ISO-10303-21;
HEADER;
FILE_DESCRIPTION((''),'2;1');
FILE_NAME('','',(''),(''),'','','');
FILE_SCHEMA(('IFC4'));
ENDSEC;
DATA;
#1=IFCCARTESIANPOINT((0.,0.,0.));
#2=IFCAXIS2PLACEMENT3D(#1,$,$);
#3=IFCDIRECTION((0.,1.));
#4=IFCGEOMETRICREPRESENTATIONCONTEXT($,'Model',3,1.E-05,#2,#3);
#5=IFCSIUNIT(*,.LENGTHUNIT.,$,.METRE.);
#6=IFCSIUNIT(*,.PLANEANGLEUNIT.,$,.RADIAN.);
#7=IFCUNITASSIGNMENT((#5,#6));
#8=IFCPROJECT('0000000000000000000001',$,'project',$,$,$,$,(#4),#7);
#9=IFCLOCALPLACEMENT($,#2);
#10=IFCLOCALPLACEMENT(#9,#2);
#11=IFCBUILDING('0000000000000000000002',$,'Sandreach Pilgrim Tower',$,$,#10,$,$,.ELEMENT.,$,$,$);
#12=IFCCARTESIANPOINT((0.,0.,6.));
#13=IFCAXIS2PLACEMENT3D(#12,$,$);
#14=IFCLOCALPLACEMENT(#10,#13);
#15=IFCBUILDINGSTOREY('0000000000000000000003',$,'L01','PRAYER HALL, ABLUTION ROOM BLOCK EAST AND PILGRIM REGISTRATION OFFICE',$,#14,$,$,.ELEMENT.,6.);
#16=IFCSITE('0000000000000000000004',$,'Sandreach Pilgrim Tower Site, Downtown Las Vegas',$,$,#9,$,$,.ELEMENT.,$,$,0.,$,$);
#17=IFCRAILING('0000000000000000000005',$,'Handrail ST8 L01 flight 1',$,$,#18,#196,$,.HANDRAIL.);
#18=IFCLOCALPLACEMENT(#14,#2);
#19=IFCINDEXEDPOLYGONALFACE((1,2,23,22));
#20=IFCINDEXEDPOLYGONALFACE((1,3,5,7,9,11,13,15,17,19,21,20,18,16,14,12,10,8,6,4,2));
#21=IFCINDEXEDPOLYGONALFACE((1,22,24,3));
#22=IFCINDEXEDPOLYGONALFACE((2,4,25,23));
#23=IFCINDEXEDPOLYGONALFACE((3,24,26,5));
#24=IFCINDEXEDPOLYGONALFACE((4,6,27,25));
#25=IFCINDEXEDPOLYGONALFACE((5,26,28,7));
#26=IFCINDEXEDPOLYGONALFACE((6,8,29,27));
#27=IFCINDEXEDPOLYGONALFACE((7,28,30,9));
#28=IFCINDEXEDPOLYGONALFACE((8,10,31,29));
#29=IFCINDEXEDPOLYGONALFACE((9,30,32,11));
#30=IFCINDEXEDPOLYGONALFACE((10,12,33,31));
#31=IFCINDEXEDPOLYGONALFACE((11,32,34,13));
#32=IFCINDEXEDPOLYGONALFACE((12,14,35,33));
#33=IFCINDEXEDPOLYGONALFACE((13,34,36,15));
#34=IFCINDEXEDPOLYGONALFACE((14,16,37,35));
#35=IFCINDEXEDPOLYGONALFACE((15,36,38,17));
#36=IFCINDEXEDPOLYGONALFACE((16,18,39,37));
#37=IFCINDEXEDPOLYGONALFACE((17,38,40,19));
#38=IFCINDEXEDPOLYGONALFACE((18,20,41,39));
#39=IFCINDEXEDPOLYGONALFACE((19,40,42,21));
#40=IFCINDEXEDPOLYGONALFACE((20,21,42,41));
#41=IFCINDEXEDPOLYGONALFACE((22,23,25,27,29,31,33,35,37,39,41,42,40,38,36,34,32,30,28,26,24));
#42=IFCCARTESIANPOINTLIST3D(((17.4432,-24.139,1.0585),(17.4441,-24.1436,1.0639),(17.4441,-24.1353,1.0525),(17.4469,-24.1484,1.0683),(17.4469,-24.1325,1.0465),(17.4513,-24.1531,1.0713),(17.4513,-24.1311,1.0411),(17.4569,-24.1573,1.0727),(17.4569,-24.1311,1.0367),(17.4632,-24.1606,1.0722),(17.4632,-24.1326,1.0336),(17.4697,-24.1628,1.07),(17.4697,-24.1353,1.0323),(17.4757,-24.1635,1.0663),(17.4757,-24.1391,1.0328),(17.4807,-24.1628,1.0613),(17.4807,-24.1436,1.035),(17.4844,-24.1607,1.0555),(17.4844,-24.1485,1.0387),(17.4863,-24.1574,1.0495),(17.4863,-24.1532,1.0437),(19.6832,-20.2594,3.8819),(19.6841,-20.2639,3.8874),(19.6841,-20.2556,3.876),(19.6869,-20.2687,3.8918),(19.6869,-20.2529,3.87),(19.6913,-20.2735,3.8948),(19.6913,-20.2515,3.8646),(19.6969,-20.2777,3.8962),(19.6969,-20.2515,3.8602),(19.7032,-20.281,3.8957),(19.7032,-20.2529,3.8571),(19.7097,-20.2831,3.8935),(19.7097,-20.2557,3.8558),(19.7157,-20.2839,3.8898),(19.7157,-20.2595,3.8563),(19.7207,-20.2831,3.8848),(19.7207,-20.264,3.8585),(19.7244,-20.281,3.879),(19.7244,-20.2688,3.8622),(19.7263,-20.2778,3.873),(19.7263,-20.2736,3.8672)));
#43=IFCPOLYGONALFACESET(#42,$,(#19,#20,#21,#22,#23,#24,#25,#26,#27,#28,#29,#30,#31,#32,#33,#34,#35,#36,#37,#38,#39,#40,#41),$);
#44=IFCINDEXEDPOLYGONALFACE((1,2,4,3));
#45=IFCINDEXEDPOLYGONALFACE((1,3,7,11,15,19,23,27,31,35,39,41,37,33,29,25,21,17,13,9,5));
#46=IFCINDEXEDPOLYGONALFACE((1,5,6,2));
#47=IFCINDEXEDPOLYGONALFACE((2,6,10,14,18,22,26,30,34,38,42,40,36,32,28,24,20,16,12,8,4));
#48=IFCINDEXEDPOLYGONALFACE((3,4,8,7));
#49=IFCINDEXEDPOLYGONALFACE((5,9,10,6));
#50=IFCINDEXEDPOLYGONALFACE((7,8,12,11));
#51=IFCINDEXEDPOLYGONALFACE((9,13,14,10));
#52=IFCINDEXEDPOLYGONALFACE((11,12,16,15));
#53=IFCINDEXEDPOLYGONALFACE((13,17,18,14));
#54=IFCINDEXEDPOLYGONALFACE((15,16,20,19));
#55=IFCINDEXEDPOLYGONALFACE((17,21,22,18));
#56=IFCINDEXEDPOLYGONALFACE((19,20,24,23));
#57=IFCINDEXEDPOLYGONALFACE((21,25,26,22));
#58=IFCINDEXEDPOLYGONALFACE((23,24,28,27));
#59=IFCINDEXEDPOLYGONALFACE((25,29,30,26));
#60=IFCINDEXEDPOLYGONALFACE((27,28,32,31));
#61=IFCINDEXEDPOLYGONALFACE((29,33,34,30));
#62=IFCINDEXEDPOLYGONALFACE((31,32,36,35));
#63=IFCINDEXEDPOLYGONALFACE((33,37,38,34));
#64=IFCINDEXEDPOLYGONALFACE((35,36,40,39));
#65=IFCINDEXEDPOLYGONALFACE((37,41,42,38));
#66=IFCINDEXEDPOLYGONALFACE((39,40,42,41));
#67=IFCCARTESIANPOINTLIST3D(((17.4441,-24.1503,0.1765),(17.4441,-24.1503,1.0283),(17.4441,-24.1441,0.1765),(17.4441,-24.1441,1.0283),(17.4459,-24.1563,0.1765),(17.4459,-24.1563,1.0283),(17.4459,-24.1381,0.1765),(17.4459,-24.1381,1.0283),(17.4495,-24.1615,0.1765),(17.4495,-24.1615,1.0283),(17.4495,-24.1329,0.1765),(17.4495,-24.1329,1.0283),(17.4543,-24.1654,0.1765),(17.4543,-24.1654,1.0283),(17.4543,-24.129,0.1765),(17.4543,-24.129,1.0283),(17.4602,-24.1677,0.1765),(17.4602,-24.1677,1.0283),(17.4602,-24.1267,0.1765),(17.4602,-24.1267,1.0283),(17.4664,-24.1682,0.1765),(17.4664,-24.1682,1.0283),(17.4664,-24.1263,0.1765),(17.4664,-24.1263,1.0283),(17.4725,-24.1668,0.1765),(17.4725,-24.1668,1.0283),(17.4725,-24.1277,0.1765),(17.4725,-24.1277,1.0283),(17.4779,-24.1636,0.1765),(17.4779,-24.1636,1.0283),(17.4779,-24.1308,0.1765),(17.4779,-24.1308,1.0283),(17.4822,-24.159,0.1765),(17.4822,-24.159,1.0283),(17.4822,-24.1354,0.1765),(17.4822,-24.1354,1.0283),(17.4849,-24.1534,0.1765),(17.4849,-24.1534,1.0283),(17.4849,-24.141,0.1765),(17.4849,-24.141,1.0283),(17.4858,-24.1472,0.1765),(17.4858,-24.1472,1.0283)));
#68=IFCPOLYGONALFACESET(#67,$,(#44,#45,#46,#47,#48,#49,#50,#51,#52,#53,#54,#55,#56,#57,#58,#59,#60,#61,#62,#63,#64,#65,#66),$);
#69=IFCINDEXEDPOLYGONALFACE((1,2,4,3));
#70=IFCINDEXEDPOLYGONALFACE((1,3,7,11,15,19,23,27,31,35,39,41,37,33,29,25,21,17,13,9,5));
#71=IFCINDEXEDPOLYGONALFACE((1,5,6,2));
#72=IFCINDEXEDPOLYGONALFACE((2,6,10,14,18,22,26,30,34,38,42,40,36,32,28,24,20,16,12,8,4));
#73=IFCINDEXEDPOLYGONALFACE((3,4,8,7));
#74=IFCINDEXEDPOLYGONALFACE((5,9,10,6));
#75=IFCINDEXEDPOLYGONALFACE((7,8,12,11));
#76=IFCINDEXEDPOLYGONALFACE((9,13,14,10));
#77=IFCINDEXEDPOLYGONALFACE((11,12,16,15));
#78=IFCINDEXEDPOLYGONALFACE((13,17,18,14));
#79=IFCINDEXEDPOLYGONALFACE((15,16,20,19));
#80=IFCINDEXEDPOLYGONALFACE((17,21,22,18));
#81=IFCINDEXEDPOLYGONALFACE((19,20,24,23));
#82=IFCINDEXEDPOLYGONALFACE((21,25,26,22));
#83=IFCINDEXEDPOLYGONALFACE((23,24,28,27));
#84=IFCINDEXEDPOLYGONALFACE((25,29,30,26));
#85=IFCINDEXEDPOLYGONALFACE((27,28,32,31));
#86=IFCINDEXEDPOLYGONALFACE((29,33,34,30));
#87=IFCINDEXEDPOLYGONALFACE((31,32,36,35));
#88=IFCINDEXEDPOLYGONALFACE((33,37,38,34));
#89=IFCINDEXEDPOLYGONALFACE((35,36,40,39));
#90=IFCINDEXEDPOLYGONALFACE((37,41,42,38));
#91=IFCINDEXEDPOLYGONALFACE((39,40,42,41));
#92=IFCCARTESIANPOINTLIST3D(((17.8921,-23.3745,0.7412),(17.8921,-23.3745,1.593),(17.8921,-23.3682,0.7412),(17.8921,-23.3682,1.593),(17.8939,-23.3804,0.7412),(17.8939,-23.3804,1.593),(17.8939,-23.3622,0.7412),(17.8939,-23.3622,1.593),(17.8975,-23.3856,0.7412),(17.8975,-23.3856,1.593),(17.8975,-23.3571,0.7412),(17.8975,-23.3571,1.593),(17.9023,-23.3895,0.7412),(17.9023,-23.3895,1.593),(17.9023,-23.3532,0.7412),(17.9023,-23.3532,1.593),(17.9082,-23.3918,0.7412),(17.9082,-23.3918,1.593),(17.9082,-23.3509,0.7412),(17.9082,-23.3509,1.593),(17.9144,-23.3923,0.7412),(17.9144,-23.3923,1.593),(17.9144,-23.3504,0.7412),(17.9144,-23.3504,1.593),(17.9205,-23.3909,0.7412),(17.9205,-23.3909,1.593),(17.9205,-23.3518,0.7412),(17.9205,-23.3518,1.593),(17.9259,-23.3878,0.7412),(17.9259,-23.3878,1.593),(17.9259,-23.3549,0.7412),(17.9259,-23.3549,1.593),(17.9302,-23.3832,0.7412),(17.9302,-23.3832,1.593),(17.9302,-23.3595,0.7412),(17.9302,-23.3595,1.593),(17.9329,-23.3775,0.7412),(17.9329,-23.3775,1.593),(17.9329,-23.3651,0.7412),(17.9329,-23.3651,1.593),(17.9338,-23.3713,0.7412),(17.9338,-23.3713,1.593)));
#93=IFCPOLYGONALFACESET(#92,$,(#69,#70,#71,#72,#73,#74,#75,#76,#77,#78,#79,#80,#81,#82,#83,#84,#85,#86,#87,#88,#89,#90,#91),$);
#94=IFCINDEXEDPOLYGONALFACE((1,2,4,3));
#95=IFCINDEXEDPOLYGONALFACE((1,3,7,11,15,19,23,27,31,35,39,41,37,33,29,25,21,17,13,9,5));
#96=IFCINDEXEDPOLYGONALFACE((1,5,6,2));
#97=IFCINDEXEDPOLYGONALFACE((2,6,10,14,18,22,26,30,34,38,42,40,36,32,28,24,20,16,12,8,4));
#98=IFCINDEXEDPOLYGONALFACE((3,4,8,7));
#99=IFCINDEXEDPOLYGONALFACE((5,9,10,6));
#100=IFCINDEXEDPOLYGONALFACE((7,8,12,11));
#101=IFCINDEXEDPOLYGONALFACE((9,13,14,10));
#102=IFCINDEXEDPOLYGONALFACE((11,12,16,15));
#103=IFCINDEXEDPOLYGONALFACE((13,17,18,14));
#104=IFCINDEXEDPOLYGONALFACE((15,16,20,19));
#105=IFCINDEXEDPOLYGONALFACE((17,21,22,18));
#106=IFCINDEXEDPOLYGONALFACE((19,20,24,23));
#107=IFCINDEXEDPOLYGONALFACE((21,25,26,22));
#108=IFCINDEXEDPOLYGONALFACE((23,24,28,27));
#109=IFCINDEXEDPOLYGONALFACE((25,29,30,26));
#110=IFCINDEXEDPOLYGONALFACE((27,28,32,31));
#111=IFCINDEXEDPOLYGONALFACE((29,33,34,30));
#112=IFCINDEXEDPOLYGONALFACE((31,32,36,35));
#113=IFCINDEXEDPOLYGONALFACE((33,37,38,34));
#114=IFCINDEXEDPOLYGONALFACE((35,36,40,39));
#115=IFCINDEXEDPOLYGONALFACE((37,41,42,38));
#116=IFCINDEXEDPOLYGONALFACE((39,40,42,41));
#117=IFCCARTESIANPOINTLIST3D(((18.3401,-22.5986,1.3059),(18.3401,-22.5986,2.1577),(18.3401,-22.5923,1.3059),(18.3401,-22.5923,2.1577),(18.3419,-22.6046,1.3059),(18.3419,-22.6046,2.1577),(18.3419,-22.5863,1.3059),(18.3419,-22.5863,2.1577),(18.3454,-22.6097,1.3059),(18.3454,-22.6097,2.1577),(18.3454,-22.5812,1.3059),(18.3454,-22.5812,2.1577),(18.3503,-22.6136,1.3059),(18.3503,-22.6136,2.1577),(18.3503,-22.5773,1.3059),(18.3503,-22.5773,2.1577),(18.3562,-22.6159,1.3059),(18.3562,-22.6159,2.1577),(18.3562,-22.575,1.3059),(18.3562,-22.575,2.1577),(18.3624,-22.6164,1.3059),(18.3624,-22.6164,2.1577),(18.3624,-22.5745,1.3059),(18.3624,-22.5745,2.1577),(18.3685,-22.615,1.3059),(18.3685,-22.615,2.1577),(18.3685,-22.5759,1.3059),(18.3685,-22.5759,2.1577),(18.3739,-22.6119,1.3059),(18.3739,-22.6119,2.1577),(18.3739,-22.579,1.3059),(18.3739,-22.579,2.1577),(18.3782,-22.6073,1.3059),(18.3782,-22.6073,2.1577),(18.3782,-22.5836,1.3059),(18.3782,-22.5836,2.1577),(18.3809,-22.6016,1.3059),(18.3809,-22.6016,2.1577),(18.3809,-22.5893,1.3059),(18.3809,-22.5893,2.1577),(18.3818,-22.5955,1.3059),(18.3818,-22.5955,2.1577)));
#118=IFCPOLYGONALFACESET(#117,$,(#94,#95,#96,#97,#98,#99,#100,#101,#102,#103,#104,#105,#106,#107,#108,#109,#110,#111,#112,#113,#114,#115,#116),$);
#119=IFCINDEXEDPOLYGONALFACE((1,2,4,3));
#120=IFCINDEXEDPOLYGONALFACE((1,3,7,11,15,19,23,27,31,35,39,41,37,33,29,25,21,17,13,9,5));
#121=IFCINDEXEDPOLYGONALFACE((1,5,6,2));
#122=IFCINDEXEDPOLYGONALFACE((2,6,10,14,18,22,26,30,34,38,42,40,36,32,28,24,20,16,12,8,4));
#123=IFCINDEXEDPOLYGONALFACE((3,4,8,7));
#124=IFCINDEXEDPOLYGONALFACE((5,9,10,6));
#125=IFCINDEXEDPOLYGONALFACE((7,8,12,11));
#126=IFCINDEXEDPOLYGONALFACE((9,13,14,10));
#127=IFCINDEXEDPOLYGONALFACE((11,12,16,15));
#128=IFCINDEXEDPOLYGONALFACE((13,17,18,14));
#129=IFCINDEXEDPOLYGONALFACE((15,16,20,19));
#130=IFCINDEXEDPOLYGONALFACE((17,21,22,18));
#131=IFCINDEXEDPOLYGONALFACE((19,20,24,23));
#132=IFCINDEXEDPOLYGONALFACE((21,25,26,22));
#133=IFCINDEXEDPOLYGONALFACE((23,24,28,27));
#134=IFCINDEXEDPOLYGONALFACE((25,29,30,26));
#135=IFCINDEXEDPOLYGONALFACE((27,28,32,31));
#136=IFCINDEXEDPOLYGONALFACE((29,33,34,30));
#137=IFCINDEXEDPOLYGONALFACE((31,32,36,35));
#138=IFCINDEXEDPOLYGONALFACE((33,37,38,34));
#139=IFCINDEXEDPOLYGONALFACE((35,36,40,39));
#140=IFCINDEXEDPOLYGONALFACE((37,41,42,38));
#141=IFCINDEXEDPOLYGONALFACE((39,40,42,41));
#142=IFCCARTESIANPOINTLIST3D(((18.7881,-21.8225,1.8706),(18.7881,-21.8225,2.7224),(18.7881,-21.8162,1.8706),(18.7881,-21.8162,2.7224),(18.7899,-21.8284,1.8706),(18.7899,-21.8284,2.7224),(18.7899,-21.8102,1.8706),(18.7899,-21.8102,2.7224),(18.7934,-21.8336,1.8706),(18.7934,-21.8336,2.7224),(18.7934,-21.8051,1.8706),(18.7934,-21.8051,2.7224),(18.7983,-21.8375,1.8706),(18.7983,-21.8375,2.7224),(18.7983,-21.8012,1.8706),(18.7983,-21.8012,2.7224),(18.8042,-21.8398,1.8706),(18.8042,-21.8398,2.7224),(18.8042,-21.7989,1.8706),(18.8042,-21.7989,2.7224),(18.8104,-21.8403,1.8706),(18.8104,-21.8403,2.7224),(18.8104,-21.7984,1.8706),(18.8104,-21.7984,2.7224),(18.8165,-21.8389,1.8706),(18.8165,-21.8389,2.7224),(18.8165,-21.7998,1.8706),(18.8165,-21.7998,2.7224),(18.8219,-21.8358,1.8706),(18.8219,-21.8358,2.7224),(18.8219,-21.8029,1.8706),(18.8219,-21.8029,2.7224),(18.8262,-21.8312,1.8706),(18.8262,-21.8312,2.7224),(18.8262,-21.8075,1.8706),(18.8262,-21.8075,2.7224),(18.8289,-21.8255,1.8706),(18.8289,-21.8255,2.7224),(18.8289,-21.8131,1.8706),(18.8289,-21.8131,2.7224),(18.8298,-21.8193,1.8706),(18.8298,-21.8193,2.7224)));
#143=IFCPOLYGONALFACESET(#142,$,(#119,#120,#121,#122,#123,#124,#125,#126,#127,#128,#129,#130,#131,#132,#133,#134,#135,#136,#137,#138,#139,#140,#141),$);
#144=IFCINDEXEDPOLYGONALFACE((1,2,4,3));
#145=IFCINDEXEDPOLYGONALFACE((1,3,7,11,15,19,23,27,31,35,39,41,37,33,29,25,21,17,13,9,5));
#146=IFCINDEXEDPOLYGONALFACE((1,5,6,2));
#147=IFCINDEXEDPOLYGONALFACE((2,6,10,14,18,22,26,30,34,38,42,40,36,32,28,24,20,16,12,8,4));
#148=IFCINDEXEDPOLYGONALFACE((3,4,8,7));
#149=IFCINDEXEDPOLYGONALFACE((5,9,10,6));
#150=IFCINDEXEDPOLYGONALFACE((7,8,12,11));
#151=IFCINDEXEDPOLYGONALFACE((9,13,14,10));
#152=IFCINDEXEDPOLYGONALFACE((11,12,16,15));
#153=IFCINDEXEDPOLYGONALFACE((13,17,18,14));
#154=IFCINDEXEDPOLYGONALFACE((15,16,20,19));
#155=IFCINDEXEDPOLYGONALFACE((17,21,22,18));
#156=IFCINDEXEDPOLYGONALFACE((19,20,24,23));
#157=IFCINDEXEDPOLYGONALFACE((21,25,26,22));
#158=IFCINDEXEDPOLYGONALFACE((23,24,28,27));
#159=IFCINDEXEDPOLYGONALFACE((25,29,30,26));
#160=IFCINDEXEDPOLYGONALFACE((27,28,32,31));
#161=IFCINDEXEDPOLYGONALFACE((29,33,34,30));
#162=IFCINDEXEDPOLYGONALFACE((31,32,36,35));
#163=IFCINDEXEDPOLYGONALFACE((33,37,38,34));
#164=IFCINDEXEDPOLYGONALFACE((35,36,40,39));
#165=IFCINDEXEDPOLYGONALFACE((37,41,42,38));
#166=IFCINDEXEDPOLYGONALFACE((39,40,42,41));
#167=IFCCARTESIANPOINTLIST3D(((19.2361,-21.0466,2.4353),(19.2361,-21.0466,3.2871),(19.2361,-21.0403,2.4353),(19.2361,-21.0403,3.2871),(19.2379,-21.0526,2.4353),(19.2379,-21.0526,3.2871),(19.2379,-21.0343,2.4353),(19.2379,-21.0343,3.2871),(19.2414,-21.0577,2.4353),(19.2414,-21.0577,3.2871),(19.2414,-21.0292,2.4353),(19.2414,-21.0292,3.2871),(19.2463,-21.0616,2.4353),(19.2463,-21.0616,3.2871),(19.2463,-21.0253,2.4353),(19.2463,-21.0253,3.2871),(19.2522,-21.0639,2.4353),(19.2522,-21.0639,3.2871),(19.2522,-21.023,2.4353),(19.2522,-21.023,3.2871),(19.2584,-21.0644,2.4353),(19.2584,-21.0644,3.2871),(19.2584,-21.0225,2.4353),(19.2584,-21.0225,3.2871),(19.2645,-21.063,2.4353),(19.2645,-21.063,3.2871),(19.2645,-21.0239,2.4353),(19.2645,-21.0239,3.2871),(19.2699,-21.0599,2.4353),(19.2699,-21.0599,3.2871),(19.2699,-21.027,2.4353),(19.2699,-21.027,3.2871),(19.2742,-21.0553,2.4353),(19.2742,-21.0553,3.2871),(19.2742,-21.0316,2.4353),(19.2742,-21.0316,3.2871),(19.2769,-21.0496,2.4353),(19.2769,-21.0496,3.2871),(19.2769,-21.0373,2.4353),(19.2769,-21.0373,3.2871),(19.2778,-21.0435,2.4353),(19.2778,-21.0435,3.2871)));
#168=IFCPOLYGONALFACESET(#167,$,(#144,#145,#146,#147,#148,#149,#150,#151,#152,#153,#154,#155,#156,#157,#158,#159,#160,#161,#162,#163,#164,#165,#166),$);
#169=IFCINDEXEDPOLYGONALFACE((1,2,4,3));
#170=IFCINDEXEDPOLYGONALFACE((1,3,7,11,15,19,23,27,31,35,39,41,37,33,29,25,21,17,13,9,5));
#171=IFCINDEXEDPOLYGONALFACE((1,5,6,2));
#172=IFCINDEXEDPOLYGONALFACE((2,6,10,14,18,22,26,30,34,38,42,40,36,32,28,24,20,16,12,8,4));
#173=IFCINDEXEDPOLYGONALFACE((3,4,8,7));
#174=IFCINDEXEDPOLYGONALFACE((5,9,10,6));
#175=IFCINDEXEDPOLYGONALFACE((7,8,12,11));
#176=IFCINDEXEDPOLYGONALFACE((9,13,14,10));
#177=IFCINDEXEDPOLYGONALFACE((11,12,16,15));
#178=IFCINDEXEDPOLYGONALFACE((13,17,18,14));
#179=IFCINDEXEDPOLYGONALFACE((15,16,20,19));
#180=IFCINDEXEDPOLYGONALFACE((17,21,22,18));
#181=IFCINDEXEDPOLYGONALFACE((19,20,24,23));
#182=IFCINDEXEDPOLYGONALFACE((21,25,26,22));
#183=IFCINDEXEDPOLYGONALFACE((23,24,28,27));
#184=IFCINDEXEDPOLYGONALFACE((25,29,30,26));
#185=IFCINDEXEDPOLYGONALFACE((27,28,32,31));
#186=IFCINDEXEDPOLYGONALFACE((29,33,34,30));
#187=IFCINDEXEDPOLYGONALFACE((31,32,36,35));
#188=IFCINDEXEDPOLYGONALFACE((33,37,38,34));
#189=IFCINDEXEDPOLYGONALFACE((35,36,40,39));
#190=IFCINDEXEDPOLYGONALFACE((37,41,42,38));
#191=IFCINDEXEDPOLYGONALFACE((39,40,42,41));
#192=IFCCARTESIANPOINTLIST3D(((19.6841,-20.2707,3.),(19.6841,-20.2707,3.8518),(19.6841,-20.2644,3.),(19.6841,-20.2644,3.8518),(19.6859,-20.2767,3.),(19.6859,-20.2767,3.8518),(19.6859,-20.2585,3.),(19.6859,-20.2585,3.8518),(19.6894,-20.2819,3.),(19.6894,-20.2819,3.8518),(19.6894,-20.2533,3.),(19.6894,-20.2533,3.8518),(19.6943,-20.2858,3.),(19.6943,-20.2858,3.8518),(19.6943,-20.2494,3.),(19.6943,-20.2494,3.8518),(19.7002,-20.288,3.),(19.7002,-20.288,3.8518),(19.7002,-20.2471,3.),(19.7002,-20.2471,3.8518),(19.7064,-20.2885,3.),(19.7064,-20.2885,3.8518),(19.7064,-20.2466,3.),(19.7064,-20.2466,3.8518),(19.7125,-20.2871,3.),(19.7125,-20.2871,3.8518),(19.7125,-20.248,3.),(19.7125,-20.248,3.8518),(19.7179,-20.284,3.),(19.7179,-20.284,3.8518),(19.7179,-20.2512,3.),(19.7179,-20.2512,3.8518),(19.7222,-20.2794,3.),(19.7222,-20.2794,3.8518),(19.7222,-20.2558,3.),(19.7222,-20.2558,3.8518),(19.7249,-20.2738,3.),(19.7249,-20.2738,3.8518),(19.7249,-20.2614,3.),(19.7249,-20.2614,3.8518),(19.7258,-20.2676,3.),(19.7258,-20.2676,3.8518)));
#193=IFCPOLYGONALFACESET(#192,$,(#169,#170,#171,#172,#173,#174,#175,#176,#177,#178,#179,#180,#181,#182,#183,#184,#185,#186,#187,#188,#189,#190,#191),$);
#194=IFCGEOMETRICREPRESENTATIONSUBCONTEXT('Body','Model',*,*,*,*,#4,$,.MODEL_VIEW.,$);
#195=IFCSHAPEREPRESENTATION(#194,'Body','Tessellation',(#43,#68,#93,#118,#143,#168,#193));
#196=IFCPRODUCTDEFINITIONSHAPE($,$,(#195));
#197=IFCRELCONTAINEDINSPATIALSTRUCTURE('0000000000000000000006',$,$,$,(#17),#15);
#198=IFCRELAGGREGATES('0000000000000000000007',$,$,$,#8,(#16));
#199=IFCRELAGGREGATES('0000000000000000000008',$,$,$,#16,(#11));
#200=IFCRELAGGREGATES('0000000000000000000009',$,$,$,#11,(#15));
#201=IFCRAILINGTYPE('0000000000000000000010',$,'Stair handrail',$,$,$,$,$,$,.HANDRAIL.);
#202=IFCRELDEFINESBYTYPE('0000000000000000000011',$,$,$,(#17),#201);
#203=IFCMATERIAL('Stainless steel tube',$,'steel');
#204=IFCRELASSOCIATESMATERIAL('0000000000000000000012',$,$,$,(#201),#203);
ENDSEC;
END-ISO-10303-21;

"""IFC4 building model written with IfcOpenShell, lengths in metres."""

from ifc_helpers import new_model, si_unit, direction, frame, origin, origin_2d, place, context, subcontext, project, spatial, circle, extrude, material, type_object, element, save


model = new_model("IFC4")

# Units and contexts
model_context = context("Model", 3, precision=1e-05, world=origin(), true_north=direction((0.0, 1.0)))
body_context = subcontext(model_context, "Body", "Model", "MODEL_VIEW")
ifc_project = project(units=[si_unit("LENGTHUNIT", "METRE"), si_unit("PLANEANGLEUNIT", "RADIAN")], contexts=[model_context])

# Site, building, storey
site_placement = place(None, origin())
site = spatial("IfcSite", under=ifc_project, at=site_placement, Name="Sandreach Pilgrim Tower Site, Downtown Las Vegas", CompositionType="ELEMENT", RefElevation=0.0)
building_placement = place(site_placement, origin())
building = spatial("IfcBuilding", under=site, at=building_placement, Name="Sandreach Pilgrim Tower", CompositionType="ELEMENT")
storey_placement = place(building_placement, frame((0.0, 0.0, 6.0)))
storey = spatial("IfcBuildingStorey", under=building, at=storey_placement, Name="L01", Description="PRAYER HALL, ABLUTION ROOM BLOCK EAST AND PILGRIM REGISTRATION OFFICE", CompositionType="ELEMENT", Elevation=6.0)

# Railing
ifc_material_1 = material(Name="Stainless steel tube", Category="steel")
railing_type = type_object("IfcRailingType", Name="Stair handrail", PredefinedType="HANDRAIL", material=ifc_material_1)
railing_1_placement = place(storey_placement, frame((17.4648, -24.1472, 0.1765)))
element("IfcRailing", 1, at=railing_1_placement, inside=storey, type_object=railing_type, Name="Handrail ST8 L01 flight 1", PredefinedType="HANDRAIL", context=body_context, shape_type="SweptSolid", body=[
    extrude(circle(Radius=0.0239, at=origin_2d()), frame((0.0, 0.0, 0.876), z_axis=(0.423007, 0.732644, 0.533196), x_axis=(-0.866018, 0.500013, 0.0)), (0.0, 0.0, 1.0), 5.2954),
    extrude(circle(Radius=0.021, at=origin_2d()), origin(), (0.0, 0.0, 1.0), 0.8518),
    extrude(circle(Radius=0.021, at=origin_2d()), frame((0.448, 0.7759, 0.5647)), (0.0, 0.0, 1.0), 0.8518),
    extrude(circle(Radius=0.021, at=origin_2d()), frame((0.896, 1.5518, 1.1294)), (0.0, 0.0, 1.0), 0.8518),
    extrude(circle(Radius=0.021, at=origin_2d()), frame((1.344, 2.3279, 1.6941)), (0.0, 0.0, 1.0), 0.8518),
    extrude(circle(Radius=0.021, at=origin_2d()), frame((1.792, 3.1038, 2.2588)), (0.0, 0.0, 1.0), 0.8518),
    extrude(circle(Radius=0.021, at=origin_2d()), frame((2.24, 3.8796, 2.8235)), (0.0, 0.0, 1.0), 0.8518),
])

save(model, "model.ifc")
